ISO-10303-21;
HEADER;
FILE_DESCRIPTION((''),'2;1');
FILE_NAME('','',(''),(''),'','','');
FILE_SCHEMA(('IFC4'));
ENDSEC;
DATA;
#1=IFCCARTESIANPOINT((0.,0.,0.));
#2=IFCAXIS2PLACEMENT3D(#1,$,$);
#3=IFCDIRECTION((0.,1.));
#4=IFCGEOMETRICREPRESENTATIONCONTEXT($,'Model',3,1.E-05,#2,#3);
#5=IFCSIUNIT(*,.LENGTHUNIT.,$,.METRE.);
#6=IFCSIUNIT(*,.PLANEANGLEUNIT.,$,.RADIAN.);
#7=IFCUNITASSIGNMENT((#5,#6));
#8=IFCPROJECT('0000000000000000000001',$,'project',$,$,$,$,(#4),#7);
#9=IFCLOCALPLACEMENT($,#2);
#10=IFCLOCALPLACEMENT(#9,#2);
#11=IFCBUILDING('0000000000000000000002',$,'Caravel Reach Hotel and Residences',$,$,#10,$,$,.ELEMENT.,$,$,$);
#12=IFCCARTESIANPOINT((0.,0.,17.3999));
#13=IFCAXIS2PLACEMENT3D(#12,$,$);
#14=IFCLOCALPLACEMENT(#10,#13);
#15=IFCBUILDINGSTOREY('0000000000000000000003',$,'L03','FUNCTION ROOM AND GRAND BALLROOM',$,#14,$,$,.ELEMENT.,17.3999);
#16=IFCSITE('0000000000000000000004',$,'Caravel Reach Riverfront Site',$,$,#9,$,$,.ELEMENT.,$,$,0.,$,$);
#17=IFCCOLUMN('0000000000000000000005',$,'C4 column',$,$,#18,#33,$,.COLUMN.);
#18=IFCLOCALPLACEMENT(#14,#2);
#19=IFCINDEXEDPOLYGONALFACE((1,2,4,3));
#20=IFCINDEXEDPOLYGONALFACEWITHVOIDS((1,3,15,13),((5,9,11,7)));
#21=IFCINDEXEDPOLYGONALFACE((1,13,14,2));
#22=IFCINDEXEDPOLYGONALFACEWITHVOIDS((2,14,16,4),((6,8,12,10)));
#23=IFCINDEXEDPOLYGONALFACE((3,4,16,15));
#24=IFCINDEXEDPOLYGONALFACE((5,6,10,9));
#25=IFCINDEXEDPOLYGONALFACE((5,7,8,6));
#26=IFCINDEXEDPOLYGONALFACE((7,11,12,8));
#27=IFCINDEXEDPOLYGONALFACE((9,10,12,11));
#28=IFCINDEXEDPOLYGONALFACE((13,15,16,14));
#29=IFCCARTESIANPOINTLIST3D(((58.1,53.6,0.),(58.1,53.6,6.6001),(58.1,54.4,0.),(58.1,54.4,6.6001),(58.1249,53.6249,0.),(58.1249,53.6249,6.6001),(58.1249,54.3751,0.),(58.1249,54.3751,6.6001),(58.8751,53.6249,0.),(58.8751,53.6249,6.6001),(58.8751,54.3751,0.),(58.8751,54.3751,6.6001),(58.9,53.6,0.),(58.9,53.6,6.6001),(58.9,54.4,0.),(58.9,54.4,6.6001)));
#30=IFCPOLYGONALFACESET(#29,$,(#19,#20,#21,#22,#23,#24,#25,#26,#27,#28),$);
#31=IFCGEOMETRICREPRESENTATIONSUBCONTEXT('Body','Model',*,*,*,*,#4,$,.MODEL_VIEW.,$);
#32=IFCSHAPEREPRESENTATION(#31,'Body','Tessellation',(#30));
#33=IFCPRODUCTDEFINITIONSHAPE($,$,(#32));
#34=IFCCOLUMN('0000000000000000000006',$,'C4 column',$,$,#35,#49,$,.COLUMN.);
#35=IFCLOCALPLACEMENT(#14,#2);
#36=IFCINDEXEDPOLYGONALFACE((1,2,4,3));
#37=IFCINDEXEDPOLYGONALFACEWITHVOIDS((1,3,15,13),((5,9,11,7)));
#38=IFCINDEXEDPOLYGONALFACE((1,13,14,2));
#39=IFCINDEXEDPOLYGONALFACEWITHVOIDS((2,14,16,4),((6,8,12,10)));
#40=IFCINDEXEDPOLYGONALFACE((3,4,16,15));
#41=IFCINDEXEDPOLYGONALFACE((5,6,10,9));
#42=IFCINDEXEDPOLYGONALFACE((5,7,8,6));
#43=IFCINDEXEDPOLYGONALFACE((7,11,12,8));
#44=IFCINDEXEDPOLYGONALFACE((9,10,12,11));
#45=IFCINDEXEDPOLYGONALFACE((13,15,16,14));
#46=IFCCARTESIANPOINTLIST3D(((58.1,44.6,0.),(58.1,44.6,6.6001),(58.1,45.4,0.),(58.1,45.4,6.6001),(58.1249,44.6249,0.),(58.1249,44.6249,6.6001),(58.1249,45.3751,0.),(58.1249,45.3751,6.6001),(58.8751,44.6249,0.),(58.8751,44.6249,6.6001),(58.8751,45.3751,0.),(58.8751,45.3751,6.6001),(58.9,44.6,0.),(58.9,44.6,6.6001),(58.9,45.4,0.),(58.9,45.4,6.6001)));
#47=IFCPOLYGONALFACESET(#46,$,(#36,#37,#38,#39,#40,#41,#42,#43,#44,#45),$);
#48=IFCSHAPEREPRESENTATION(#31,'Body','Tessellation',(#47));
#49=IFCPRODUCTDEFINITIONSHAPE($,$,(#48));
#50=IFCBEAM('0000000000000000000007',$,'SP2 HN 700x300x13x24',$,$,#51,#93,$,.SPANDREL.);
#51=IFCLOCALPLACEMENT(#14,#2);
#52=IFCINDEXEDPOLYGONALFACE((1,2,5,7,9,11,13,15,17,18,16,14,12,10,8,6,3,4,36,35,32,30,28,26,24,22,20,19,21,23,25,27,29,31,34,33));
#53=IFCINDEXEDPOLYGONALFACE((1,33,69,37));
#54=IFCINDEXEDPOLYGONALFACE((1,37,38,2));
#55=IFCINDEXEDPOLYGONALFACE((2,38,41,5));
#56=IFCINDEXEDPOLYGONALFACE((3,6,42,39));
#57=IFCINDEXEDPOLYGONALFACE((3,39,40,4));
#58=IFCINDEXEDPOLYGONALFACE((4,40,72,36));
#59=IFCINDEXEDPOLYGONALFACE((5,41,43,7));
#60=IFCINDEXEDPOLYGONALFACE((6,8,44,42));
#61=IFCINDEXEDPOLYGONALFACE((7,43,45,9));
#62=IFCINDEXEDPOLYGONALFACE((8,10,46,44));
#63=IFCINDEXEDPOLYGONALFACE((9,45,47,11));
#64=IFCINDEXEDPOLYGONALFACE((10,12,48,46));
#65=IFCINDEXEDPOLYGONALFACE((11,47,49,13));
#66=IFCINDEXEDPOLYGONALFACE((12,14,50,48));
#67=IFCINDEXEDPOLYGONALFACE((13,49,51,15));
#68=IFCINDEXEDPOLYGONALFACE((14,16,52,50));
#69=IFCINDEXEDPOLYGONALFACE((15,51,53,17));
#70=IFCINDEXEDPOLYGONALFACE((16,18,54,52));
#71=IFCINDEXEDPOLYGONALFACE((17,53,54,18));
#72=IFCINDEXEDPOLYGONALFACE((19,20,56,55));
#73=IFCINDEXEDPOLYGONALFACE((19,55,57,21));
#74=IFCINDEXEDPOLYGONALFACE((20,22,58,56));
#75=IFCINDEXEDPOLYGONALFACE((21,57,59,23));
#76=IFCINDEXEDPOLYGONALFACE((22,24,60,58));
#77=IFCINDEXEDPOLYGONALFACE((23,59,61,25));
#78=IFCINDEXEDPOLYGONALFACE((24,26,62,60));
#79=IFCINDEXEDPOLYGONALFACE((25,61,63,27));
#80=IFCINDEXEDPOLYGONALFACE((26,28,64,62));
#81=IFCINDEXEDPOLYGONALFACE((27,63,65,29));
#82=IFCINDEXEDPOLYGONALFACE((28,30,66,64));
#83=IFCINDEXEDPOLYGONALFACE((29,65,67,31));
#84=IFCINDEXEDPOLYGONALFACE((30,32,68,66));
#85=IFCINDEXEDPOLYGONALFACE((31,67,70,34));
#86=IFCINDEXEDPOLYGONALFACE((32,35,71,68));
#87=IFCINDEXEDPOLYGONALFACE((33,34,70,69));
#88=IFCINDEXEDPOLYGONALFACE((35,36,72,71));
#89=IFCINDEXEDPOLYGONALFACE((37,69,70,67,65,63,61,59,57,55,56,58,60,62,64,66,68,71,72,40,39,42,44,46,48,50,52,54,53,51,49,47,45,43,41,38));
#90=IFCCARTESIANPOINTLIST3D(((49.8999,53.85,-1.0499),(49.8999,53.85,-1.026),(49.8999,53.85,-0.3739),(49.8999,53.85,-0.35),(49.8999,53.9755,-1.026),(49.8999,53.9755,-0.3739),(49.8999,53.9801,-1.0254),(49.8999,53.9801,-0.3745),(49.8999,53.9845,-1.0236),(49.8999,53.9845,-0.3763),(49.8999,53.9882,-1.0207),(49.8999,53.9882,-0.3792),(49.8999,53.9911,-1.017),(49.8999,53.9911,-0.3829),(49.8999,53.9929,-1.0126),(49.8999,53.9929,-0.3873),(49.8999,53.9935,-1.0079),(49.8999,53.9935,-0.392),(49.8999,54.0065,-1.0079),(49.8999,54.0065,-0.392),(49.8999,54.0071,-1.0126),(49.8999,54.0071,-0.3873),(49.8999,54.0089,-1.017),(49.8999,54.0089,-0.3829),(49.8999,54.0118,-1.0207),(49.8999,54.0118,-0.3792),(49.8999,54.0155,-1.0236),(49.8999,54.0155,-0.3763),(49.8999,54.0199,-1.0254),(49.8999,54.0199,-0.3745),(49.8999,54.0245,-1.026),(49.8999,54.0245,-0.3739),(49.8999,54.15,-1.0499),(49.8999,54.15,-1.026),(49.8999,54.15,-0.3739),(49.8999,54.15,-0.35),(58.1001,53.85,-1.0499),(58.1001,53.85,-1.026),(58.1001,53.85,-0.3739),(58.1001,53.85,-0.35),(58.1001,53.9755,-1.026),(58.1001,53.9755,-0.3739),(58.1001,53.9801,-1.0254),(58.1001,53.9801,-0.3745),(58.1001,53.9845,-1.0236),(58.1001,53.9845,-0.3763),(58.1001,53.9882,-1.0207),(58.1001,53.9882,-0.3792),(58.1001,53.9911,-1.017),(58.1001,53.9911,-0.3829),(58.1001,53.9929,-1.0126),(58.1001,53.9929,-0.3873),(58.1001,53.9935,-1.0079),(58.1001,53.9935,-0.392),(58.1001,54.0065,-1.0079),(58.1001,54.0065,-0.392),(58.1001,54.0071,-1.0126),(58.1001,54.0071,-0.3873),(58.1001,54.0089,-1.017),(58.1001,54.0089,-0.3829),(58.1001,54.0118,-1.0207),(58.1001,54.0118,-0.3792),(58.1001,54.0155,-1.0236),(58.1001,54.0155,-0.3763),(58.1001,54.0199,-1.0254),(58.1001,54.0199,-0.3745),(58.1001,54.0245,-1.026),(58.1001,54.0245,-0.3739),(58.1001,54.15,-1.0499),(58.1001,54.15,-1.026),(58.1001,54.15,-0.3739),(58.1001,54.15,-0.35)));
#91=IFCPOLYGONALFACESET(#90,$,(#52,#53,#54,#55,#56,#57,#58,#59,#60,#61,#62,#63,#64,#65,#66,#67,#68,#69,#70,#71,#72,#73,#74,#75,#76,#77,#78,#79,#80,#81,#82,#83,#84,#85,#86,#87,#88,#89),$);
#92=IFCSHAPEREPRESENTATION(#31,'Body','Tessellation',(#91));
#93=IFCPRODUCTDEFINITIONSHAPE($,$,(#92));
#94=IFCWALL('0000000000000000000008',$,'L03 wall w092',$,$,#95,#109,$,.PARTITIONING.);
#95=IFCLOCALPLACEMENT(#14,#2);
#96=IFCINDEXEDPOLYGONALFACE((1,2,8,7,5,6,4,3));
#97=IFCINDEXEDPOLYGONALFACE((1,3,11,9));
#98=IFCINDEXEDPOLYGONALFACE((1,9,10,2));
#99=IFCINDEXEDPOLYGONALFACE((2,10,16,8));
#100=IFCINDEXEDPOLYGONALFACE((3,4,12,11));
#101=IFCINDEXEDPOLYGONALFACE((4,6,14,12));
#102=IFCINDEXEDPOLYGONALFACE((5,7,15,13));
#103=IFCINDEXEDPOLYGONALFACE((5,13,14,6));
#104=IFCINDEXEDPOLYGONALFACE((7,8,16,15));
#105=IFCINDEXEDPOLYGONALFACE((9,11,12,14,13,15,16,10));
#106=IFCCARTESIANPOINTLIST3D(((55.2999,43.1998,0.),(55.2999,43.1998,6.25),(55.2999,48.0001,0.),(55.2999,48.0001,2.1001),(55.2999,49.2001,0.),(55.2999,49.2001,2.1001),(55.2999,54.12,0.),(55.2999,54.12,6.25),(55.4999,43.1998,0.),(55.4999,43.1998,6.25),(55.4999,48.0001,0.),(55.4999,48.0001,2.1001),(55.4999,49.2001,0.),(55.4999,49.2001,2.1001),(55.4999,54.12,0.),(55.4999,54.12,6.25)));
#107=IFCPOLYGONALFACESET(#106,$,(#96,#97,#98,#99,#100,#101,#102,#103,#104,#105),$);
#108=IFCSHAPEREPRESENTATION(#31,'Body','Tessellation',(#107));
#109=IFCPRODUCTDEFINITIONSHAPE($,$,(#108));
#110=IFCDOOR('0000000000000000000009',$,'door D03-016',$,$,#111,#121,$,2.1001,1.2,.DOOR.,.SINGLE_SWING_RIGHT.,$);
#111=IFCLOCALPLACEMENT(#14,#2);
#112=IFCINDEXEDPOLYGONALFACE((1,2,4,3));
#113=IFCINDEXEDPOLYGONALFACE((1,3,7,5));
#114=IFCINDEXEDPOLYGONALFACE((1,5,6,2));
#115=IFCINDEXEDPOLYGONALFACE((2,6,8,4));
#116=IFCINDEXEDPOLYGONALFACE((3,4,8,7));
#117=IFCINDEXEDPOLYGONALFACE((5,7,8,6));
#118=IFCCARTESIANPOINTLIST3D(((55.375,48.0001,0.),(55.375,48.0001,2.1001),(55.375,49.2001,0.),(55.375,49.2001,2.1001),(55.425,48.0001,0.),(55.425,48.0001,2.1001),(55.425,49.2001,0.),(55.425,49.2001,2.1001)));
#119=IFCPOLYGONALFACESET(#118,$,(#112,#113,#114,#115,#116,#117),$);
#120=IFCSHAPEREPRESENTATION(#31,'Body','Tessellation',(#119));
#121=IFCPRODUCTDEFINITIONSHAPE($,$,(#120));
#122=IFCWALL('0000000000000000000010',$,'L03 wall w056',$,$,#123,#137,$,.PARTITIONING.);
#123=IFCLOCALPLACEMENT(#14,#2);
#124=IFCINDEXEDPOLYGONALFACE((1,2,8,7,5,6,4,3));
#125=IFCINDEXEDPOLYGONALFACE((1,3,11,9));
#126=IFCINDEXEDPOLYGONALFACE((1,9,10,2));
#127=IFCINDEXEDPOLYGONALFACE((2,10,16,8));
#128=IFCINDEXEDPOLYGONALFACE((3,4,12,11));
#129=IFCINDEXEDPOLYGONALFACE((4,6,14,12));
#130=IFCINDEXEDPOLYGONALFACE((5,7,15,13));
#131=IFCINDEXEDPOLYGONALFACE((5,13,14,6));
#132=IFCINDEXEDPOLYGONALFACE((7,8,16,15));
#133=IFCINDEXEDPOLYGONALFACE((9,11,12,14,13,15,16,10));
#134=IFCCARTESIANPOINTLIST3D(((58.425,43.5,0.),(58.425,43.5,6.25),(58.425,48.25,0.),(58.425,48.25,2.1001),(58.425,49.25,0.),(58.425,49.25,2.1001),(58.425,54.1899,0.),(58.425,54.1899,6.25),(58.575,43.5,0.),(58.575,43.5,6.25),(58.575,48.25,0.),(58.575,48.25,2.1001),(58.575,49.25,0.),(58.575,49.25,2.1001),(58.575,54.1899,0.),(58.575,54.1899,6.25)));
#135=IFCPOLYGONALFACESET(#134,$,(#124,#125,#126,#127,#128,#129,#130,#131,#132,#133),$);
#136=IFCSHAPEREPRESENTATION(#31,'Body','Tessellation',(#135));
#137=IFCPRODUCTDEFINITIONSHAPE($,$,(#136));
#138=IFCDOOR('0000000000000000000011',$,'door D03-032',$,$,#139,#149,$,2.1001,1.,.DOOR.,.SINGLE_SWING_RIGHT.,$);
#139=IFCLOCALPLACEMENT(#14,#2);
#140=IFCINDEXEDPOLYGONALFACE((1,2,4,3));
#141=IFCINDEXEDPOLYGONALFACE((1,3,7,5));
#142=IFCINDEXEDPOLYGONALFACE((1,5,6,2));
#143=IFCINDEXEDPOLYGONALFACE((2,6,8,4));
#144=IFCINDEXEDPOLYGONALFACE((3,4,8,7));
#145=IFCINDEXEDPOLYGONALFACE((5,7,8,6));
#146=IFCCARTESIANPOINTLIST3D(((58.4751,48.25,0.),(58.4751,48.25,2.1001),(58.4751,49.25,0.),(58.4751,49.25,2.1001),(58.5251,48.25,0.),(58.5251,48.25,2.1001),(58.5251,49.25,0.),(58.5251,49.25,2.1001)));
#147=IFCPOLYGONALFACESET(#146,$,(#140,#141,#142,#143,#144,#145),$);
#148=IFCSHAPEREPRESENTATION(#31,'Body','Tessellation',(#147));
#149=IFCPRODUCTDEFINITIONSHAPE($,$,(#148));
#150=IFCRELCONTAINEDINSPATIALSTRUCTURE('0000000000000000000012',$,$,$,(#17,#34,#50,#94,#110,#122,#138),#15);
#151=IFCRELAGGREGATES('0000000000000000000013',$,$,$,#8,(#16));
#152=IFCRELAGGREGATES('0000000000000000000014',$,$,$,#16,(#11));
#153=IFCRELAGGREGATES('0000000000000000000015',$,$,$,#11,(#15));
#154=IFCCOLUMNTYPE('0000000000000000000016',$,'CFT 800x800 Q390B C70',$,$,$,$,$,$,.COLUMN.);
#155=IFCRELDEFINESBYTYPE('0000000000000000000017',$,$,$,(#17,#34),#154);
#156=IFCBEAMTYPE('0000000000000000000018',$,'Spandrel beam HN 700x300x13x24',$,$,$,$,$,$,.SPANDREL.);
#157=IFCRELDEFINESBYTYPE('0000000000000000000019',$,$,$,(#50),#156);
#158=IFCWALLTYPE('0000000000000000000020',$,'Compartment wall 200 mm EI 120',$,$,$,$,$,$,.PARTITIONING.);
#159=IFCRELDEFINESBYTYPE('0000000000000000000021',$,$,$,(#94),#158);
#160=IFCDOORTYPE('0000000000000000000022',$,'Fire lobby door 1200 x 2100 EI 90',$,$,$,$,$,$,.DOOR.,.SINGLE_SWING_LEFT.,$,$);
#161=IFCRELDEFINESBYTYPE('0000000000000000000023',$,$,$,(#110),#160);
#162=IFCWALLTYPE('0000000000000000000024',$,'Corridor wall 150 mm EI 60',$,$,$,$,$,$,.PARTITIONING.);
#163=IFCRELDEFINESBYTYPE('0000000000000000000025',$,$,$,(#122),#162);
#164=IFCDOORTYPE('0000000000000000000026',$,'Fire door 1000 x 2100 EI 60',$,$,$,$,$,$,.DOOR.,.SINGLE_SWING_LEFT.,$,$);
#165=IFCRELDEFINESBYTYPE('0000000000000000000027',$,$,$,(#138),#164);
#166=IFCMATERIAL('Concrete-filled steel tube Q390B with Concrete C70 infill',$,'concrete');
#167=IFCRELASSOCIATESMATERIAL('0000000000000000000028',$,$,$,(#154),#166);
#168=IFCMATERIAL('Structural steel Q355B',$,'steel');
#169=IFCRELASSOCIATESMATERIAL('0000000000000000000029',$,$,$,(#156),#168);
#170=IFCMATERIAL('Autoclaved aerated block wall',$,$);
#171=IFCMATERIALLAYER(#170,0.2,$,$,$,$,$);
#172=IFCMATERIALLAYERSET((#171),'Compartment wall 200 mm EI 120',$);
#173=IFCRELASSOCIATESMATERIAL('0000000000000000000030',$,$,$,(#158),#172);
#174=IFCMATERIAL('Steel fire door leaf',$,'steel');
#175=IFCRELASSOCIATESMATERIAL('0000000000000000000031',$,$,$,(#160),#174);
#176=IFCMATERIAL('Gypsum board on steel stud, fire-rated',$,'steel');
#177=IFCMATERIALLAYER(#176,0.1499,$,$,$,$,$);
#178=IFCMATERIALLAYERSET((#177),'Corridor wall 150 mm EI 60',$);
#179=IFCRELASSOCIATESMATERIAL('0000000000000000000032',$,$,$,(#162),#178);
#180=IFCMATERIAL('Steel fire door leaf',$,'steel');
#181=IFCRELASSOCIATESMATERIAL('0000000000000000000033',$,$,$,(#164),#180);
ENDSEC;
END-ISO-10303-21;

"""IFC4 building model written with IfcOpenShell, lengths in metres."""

from ifc_helpers import new_model, si_unit, direction, frame, frame_2d, origin, origin_2d, place, context, subcontext, project, spatial, rectangle, hollow_rectangle, i_section, extrude, material, layer, layer_set, material_profile, profile_set, type_object, element, fill, save


model = new_model("IFC4")

# Units and contexts
model_context = context("Model", 3, precision=1e-05, world=origin(), true_north=direction((0.0, 1.0)))
body_context = subcontext(model_context, "Body", "Model", "MODEL_VIEW")
ifc_project = project(units=[si_unit("LENGTHUNIT", "METRE"), si_unit("PLANEANGLEUNIT", "RADIAN")], contexts=[model_context])

# Site, building, storey
site_placement = place(None, origin())
site = spatial("IfcSite", under=ifc_project, at=site_placement, Name="Caravel Reach Riverfront Site", CompositionType="ELEMENT", RefElevation=0.0)
building_placement = place(site_placement, origin())
building = spatial("IfcBuilding", under=site, at=building_placement, Name="Caravel Reach Hotel and Residences", CompositionType="ELEMENT")
storey_placement = place(building_placement, frame((0.0, 0.0, 17.3999)))
storey = spatial("IfcBuildingStorey", under=building, at=storey_placement, Name="L03", Description="FUNCTION ROOM AND GRAND BALLROOM", CompositionType="ELEMENT", Elevation=17.3999)

# Columns
ifc_material_1 = material(Name="Concrete-filled steel tube Q390B with Concrete C70 infill", Category="concrete")
ifc_material_profile_1 = material_profile(ifc_material_1, hollow_rectangle(XDim=0.8, YDim=0.8, WallThickness=0.0249, at=origin_2d()), Name="RHS 800x800x25")
ifc_profile_set_1 = profile_set([ifc_material_profile_1], Name="Concrete-filled steel tube Q390B with Concrete C70 infill")
column_type = type_object("IfcColumnType", Name="CFT 800x800 Q390B C70", PredefinedType="COLUMN", material=ifc_profile_set_1)
for number, where, z_axis, x_axis, name in (
    (1, (58.5, 54.0, 0.0), (0.0, 0.0, 1.0), (1.0, 0.0, 0.0), "C4 column"),
    (2, (58.5, 45.0, 0.0), (0.0, 0.0, 1.0), (1.0, 0.0, 0.0), "C4 column"),
):
    element("IfcColumn", number, at=place(storey_placement, frame(where, z_axis=z_axis, x_axis=x_axis)), inside=storey, type_object=column_type, Name=name, PredefinedType="COLUMN", context=body_context, shape_type="SweptSolid", body=[
        extrude(hollow_rectangle(XDim=0.8, YDim=0.8, WallThickness=0.0249, at=origin_2d()), origin(), (0.0, 0.0, 1.0), 6.6001),
    ])

# Beam
ifc_material_2 = material(Name="Structural steel Q355B", Category="steel")
ifc_material_profile_2 = material_profile(ifc_material_2, i_section(OverallWidth=0.3, OverallDepth=0.7, WebThickness=0.0129, FlangeThickness=0.0239, FilletRadius=0.0181, at=origin_2d()), Name="HN 700x300x13x24")
ifc_profile_set_2 = profile_set([ifc_material_profile_2], Name="Structural steel Q355B")
beam_type = type_object("IfcBeamType", Name="Spandrel beam HN 700x300x13x24", PredefinedType="SPANDREL", material=ifc_profile_set_2)
beam_placement = place(storey_placement, frame((58.1001, 54.0, -0.7), z_axis=(-1.0, 0.0, 0.0), x_axis=(0.0, -1.0, 0.0)))
element("IfcBeam", 3, at=beam_placement, inside=storey, type_object=beam_type, Name="SP2 HN 700x300x13x24", PredefinedType="SPANDREL", context=body_context, shape_type="SweptSolid", body=[
    extrude(i_section(OverallWidth=0.3, OverallDepth=0.7, WebThickness=0.0129, FlangeThickness=0.0239, FilletRadius=0.0181, at=origin_2d()), origin(), (0.0, 0.0, 1.0), 8.2002),
])

# Walls, openings, doors
ifc_material_3 = material(Name="Autoclaved aerated block wall")
ifc_layer_1 = layer(ifc_material_3, 0.2)
ifc_layer_set_1 = layer_set([ifc_layer_1], Name="Compartment wall 200 mm EI 120")
wall_type_1 = type_object("IfcWallType", Name="Compartment wall 200 mm EI 120", PredefinedType="PARTITIONING", material=ifc_layer_set_1)
wall_1_placement = place(storey_placement, frame((55.3999, 43.2, 0.0), z_axis=(0.0, 0.0, 1.0), x_axis=(0.0, 1.0, 0.0)))
wall_1 = element("IfcWall", 4, at=wall_1_placement, inside=storey, type_object=wall_type_1, Name="L03 wall w092", PredefinedType="PARTITIONING", context=body_context, shape_type="SweptSolid", body=[
    extrude(rectangle(XDim=10.9202, YDim=0.2, at=frame_2d((5.46, 0.0))), origin(), (0.0, 0.0, 1.0), 6.25),
])
opening_1_placement = place(wall_1_placement, frame((4.8, 0.0, 0.0)))
opening_1 = element("IfcOpeningElement", 5, at=opening_1_placement, cuts=wall_1, PredefinedType="OPENING", context=body_context, shape_type="SweptSolid", body=[
    extrude(rectangle(XDim=1.2, YDim=2.1001, at=frame_2d((0.6001, 1.05))), frame((0.0, 0.1099, 0.0), z_axis=(0.0, -1.0, 0.0), x_axis=(1.0, 0.0, 0.0)), (0.0, 0.0, 1.0), 0.22),
])
ifc_material_4 = material(Name="Steel fire door leaf", Category="steel")
door_type_1 = type_object("IfcDoorType", Name="Fire lobby door 1200 x 2100 EI 90", OperationType="SINGLE_SWING_LEFT", PredefinedType="DOOR", material=ifc_material_4)
door_1_placement = place(opening_1_placement, origin())
door_1 = element("IfcDoor", 6, at=door_1_placement, inside=storey, type_object=door_type_1, Name="door D03-016", OperationType="SINGLE_SWING_RIGHT", OverallHeight=2.1001, OverallWidth=1.2, PredefinedType="DOOR", context=body_context, shape_type="SweptSolid", body=[
    extrude(rectangle(XDim=1.2, YDim=2.1001, at=frame_2d((0.6001, 1.05))), frame((0.0, 0.0249, 0.0), z_axis=(0.0, -1.0, 0.0), x_axis=(1.0, 0.0, 0.0)), (0.0, 0.0, 1.0), 0.05),
])
fill(opening_1, door_1)
ifc_material_5 = material(Name="Gypsum board on steel stud, fire-rated", Category="steel")
ifc_layer_2 = layer(ifc_material_5, 0.1499)
ifc_layer_set_2 = layer_set([ifc_layer_2], Name="Corridor wall 150 mm EI 60")
wall_type_2 = type_object("IfcWallType", Name="Corridor wall 150 mm EI 60", PredefinedType="PARTITIONING", material=ifc_layer_set_2)
wall_2_placement = place(storey_placement, frame((58.5, 43.5, 0.0), z_axis=(0.0, 0.0, 1.0), x_axis=(0.0, 1.0, 0.0)))
wall_2 = element("IfcWall", 7, at=wall_2_placement, inside=storey, type_object=wall_type_2, Name="L03 wall w056", PredefinedType="PARTITIONING", context=body_context, shape_type="SweptSolid", body=[
    extrude(rectangle(XDim=10.6899, YDim=0.1499, at=frame_2d((5.345, 0.0))), origin(), (0.0, 0.0, 1.0), 6.25),
])
opening_2_placement = place(wall_2_placement, frame((4.75, 0.0, 0.0)))
opening_2 = element("IfcOpeningElement", 8, at=opening_2_placement, cuts=wall_2, PredefinedType="OPENING", context=body_context, shape_type="SweptSolid", body=[
    extrude(rectangle(XDim=1.0, YDim=2.1001, at=frame_2d((0.5, 1.05))), frame((0.0, 0.085, 0.0), z_axis=(0.0, -1.0, 0.0), x_axis=(1.0, 0.0, 0.0)), (0.0, 0.0, 1.0), 0.1699),
])
ifc_material_6 = material(Name="Steel fire door leaf", Category="steel")
door_type_2 = type_object("IfcDoorType", Name="Fire door 1000 x 2100 EI 60", OperationType="SINGLE_SWING_LEFT", PredefinedType="DOOR", material=ifc_material_6)
door_2_placement = place(opening_2_placement, origin())
door_2 = element("IfcDoor", 9, at=door_2_placement, inside=storey, type_object=door_type_2, Name="door D03-032", OperationType="SINGLE_SWING_RIGHT", OverallHeight=2.1001, OverallWidth=1.0, PredefinedType="DOOR", context=body_context, shape_type="SweptSolid", body=[
    extrude(rectangle(XDim=1.0, YDim=2.1001, at=frame_2d((0.5, 1.05))), frame((0.0, 0.0249, 0.0), z_axis=(0.0, -1.0, 0.0), x_axis=(1.0, 0.0, 0.0)), (0.0, 0.0, 1.0), 0.05),
])
fill(opening_2, door_2)

save(model, "model.ifc")
